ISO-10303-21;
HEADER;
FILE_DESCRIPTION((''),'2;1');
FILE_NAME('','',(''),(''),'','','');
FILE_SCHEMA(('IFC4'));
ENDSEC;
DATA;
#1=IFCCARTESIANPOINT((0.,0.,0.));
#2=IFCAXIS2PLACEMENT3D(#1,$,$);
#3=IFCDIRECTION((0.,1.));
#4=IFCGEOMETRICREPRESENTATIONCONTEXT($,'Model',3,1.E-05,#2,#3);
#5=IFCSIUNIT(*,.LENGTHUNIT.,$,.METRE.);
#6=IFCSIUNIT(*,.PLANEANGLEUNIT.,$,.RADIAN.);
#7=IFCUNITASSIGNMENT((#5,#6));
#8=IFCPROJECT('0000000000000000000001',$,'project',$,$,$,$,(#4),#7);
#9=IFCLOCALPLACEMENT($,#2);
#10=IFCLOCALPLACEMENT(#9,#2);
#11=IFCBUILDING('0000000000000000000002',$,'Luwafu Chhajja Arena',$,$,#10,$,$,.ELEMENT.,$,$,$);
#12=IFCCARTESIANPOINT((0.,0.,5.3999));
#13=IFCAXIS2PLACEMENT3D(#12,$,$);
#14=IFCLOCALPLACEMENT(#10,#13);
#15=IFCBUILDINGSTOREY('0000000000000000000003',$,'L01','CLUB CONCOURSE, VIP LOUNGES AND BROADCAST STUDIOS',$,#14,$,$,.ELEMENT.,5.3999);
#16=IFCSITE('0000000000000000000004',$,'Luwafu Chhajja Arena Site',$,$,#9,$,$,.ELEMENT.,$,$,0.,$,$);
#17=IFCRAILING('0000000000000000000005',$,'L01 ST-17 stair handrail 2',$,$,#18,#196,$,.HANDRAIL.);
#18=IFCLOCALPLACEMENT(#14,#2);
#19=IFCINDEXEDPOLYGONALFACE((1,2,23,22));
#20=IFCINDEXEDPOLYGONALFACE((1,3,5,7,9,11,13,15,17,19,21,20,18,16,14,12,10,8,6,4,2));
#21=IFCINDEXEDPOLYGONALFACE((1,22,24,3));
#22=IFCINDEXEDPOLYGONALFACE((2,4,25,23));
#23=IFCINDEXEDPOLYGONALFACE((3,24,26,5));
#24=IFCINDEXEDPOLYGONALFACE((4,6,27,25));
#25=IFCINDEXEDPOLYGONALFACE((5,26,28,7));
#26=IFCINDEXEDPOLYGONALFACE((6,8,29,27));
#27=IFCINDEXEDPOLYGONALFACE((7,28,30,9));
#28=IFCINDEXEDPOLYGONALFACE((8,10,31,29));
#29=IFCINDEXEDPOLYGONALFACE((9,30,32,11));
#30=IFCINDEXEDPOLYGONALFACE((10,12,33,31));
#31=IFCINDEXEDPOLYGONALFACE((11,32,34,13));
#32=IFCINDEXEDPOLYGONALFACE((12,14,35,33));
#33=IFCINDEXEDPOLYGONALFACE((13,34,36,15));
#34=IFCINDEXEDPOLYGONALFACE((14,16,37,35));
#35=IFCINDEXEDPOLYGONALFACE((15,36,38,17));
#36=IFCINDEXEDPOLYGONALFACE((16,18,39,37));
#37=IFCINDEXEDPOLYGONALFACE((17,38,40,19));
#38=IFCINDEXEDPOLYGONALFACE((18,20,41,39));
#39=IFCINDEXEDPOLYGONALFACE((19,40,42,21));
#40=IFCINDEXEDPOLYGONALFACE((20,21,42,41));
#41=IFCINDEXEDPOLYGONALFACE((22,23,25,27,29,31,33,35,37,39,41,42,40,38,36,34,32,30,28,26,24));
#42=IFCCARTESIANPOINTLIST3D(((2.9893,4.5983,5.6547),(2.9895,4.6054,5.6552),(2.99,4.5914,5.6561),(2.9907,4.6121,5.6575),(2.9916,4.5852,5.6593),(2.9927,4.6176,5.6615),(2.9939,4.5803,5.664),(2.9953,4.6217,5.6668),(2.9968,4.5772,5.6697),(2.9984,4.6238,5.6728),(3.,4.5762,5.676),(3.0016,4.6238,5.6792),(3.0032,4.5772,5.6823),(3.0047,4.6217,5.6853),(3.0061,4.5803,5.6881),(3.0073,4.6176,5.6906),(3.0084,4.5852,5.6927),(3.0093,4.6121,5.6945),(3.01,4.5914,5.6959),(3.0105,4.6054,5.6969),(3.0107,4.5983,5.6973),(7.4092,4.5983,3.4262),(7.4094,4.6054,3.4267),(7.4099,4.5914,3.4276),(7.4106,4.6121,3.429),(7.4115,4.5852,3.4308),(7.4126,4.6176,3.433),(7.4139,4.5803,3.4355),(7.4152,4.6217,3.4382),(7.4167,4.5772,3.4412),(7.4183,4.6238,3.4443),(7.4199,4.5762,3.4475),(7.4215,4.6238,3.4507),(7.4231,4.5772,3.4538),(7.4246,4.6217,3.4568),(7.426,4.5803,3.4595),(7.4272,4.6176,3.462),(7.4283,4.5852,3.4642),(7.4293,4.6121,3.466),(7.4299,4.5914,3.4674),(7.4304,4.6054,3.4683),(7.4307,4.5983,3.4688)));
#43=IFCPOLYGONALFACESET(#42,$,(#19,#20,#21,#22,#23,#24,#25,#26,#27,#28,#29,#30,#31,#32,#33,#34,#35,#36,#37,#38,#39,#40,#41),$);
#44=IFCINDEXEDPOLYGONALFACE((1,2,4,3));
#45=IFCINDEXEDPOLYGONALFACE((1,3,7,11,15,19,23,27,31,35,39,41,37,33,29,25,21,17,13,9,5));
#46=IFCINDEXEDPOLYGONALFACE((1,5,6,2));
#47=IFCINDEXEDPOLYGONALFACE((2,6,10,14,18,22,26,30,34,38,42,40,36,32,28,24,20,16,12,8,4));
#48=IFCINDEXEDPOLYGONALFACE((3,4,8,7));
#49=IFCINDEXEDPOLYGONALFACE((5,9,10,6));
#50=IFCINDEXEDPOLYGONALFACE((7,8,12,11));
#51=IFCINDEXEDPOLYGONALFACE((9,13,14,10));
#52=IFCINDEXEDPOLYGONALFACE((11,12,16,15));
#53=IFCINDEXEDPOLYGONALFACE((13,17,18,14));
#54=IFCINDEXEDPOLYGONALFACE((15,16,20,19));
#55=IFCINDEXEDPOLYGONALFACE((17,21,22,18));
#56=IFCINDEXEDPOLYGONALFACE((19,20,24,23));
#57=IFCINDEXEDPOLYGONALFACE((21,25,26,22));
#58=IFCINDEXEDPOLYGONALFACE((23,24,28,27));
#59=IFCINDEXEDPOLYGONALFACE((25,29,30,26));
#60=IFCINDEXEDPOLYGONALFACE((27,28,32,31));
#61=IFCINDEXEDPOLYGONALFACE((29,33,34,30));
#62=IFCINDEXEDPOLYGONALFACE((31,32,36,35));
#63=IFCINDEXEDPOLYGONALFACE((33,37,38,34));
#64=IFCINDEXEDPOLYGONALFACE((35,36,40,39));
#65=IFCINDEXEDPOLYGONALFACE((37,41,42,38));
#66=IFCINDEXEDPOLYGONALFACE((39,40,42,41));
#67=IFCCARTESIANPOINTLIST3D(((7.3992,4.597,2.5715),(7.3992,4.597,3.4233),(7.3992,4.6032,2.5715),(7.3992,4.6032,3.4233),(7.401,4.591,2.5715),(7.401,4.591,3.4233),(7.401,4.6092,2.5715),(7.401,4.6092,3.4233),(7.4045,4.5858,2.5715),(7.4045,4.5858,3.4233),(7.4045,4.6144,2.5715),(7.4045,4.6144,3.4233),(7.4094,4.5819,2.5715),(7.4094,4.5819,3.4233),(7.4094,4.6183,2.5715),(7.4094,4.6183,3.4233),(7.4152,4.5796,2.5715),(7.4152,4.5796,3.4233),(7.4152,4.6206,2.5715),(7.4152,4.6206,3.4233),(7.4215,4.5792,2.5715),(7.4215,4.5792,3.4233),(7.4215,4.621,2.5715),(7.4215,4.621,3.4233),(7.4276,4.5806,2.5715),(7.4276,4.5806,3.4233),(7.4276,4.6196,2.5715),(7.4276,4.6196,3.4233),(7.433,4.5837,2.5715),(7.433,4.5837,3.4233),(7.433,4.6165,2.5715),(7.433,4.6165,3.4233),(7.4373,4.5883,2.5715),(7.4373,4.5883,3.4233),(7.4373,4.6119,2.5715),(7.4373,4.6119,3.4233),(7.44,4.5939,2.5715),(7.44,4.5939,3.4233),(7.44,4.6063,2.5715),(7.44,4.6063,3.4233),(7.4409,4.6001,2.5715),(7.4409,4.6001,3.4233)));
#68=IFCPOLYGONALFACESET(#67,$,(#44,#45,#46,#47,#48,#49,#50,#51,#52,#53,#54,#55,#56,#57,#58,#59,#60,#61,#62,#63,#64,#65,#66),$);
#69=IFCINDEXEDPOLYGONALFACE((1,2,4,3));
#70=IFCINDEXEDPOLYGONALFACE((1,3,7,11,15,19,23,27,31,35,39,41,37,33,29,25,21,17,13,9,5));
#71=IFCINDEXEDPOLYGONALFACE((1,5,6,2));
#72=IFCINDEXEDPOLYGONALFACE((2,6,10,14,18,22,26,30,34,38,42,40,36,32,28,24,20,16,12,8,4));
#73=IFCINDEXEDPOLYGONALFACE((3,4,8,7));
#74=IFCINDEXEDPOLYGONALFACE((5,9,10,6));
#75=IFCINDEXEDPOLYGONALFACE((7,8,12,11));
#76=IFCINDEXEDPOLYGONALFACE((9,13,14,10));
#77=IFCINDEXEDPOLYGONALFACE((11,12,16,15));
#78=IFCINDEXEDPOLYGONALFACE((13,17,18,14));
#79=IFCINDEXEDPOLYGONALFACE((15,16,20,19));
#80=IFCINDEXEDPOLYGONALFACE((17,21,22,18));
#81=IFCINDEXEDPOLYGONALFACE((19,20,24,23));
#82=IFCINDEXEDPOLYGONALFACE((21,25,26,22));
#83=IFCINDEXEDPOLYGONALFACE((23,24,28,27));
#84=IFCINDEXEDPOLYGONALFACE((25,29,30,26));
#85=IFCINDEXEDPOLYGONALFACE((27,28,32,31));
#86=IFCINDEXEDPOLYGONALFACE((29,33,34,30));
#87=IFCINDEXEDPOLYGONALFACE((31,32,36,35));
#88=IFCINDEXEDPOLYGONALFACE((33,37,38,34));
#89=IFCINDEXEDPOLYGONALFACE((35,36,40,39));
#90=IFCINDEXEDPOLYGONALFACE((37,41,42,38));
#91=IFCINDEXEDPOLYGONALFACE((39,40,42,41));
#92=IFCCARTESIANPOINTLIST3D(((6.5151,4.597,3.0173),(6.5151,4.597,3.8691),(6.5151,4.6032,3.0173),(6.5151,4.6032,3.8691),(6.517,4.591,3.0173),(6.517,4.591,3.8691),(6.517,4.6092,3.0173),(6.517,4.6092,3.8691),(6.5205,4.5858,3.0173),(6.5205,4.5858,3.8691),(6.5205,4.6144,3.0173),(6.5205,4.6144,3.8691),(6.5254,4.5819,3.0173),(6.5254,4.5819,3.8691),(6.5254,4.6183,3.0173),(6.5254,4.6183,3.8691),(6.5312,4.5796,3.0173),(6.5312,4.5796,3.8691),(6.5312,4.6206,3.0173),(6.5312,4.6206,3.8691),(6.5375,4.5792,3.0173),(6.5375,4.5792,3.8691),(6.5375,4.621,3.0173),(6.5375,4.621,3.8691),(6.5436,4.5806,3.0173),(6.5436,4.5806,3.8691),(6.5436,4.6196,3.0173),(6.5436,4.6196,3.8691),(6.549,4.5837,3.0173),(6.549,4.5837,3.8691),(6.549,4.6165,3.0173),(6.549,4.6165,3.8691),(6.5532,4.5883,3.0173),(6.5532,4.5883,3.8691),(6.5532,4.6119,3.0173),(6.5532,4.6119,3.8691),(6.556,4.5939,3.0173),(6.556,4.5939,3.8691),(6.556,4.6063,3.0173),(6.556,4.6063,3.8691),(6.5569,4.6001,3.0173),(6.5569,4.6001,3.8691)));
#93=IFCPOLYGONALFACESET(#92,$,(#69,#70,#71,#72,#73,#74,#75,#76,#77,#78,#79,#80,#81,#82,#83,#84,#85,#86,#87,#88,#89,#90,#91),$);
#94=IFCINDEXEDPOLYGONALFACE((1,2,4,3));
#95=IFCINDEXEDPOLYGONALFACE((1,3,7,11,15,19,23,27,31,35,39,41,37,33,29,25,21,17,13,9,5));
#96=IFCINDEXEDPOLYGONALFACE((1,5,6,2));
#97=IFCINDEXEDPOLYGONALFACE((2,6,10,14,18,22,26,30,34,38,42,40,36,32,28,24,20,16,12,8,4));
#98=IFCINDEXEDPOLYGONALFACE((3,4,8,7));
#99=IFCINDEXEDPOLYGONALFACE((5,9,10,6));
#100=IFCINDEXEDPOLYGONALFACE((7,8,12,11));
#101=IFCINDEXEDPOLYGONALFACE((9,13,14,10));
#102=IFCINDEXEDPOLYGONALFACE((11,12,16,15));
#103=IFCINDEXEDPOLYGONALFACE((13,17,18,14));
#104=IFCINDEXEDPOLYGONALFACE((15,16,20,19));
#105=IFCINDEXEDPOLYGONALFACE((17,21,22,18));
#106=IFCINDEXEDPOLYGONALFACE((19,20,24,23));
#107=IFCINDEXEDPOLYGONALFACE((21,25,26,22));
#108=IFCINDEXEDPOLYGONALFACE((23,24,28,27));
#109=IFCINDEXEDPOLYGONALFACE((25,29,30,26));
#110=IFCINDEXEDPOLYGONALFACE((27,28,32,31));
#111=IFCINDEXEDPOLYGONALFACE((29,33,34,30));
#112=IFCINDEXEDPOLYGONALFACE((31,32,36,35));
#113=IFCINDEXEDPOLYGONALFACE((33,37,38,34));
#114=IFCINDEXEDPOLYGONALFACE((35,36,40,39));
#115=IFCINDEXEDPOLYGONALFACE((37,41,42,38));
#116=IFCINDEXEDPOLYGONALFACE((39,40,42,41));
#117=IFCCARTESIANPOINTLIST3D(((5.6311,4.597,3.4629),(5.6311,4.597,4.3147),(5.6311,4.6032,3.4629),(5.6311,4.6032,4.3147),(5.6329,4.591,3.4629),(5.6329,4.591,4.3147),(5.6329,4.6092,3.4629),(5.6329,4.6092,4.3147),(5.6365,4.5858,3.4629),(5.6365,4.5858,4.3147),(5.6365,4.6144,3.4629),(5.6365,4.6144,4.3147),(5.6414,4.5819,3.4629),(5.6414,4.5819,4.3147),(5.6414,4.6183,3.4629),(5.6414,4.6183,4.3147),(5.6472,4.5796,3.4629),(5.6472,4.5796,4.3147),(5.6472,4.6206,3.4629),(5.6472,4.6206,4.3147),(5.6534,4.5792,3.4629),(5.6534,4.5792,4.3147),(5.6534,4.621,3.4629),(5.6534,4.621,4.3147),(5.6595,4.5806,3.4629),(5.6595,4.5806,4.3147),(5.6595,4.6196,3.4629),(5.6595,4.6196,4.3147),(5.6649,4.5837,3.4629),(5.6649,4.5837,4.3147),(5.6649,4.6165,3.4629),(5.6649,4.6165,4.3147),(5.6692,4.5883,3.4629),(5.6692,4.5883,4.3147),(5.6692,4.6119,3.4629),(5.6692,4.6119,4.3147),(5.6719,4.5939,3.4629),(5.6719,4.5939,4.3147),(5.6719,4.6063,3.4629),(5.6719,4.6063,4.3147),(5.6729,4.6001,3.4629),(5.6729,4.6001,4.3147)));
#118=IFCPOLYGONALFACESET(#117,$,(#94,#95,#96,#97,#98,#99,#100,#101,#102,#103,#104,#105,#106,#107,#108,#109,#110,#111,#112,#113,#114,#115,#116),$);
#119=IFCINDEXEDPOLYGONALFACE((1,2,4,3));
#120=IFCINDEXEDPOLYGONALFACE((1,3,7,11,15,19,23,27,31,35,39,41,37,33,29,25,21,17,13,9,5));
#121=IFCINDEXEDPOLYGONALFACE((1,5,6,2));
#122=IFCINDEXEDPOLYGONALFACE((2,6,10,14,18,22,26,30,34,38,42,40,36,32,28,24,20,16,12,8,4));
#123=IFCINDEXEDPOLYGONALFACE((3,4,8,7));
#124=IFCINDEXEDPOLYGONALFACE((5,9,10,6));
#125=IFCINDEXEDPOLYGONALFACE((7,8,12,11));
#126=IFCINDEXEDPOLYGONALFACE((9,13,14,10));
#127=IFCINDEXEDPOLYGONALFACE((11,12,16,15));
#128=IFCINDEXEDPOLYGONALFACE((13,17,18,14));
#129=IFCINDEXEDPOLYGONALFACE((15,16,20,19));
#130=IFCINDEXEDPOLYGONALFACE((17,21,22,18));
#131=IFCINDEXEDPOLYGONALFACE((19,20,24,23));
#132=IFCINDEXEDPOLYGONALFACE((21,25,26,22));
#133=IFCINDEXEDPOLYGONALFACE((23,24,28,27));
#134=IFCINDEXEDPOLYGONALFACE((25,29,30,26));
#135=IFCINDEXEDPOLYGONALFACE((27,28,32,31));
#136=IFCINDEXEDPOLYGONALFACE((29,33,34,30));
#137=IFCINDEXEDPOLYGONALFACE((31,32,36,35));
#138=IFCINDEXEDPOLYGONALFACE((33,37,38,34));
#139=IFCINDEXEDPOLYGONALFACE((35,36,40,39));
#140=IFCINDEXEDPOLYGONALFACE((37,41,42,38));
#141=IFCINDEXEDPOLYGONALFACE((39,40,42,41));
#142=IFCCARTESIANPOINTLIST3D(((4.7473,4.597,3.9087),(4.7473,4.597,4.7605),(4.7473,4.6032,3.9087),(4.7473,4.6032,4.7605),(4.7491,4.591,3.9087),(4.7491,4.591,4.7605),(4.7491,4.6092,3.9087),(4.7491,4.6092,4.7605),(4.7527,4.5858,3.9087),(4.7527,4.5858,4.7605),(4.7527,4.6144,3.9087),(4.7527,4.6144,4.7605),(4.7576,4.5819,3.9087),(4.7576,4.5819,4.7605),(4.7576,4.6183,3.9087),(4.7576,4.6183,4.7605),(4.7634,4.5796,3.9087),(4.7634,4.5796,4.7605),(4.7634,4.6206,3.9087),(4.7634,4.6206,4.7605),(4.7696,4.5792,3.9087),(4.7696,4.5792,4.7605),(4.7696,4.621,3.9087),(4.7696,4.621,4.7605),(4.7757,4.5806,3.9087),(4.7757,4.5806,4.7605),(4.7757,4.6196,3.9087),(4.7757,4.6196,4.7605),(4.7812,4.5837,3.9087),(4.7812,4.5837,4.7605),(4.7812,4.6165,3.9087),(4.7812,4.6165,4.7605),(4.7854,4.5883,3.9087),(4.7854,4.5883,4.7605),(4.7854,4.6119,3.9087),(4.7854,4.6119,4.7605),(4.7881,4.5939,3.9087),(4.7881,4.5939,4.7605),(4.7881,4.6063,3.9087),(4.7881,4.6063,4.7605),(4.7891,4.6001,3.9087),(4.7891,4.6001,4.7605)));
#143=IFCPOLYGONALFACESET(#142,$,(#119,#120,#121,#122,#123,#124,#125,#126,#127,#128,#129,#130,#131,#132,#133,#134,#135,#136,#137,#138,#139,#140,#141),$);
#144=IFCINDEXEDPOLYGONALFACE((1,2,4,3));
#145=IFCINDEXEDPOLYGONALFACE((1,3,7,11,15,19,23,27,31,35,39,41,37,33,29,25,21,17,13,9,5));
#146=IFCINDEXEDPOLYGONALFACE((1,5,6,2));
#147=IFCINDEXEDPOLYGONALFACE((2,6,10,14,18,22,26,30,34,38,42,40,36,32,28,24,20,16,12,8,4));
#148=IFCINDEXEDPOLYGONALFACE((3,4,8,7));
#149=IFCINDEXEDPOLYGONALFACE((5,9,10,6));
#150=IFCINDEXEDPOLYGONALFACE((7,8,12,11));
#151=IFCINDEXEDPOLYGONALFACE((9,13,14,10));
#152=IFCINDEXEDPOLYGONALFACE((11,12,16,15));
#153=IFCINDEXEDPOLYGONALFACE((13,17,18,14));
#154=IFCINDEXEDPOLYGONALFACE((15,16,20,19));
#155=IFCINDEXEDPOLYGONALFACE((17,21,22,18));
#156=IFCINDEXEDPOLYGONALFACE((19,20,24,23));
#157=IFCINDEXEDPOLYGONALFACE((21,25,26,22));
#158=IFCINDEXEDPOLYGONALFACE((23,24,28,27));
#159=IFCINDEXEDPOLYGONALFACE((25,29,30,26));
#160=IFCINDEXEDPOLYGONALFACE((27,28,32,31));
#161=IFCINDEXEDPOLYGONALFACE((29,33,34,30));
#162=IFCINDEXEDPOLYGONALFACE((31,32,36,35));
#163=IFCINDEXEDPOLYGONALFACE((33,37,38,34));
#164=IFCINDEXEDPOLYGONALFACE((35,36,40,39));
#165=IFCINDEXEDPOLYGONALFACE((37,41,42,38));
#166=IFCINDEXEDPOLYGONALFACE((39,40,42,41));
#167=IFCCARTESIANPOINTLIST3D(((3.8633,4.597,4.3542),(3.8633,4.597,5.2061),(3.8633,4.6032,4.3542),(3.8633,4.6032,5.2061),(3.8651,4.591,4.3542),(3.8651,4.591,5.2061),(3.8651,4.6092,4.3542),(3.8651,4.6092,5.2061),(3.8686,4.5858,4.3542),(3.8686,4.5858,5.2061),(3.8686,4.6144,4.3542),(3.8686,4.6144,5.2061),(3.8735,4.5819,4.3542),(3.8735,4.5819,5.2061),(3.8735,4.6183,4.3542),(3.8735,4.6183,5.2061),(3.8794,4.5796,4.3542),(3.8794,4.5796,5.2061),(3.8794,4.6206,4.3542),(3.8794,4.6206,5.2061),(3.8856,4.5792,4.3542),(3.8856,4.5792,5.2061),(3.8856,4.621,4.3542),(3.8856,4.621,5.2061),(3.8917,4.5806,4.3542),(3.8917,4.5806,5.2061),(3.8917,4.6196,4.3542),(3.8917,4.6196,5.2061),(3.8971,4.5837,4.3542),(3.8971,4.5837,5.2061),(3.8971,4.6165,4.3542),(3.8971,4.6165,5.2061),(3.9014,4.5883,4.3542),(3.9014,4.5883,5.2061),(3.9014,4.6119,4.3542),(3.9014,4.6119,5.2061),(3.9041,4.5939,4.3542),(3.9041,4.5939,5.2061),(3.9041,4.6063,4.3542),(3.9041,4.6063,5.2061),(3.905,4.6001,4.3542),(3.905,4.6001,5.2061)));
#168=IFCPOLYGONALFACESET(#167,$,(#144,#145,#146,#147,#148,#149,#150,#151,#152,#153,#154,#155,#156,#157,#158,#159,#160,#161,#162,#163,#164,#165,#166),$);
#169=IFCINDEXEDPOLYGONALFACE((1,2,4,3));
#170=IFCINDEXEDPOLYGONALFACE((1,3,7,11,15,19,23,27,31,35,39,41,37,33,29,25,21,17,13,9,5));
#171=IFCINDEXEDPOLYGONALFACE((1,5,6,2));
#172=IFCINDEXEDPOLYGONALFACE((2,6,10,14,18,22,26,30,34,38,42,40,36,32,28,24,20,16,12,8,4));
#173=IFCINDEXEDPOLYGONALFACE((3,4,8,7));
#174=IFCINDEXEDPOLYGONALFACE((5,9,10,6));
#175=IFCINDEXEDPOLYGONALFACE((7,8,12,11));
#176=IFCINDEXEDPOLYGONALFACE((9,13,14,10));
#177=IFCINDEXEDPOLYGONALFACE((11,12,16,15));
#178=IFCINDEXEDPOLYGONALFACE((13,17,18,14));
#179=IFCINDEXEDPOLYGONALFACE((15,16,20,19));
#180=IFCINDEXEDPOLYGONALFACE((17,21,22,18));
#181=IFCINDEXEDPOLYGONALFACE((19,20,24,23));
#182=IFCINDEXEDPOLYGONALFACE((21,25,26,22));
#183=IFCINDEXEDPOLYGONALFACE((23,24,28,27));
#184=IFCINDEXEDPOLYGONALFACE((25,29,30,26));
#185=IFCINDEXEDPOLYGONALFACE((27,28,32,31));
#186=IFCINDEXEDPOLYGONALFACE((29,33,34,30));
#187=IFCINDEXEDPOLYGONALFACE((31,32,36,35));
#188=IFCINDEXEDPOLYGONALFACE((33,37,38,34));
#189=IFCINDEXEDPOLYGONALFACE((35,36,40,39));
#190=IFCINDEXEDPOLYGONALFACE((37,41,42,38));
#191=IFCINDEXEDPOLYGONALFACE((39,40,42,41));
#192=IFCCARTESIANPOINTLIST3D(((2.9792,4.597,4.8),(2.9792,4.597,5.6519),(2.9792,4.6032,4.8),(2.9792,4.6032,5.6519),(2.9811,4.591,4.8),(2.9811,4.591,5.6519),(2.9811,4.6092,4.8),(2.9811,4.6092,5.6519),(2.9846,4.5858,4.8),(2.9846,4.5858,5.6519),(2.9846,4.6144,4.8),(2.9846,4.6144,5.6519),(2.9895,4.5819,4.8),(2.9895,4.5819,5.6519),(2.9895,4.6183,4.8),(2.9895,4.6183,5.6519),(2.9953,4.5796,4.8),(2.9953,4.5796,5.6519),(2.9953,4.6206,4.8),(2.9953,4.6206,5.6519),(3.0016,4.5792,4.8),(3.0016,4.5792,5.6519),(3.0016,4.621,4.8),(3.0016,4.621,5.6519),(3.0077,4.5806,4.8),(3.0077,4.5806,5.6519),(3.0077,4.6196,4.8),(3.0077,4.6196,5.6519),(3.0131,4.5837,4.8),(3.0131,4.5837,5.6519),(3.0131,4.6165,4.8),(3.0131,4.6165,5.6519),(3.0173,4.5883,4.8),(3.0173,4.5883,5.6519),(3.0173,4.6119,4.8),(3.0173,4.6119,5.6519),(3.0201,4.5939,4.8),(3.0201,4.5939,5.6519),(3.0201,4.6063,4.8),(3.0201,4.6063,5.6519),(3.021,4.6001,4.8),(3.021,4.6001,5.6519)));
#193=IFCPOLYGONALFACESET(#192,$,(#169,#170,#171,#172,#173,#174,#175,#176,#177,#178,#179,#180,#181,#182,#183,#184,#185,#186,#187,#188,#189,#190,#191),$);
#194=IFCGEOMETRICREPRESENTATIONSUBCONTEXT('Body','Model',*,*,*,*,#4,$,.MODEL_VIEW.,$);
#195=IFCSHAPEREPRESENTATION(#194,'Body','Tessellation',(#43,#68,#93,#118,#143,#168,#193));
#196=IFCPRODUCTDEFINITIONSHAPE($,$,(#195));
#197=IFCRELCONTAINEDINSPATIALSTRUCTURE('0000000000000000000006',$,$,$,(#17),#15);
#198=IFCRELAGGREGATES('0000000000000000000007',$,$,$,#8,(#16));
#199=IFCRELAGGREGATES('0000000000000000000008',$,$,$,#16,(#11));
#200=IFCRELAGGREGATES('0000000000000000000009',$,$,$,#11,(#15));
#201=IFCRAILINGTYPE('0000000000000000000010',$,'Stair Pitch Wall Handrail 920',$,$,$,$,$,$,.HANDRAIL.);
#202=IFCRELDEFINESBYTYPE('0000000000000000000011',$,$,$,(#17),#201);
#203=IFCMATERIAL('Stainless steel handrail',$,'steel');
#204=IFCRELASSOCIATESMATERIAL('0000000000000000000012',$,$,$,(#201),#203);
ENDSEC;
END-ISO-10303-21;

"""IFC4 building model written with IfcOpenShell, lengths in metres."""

from ifc_helpers import new_model, si_unit, direction, frame, origin, origin_2d, place, context, subcontext, project, spatial, circle, extrude, material, type_object, element, save


model = new_model("IFC4")

# Units and contexts
model_context = context("Model", 3, precision=1e-05, world=origin(), true_north=direction((0.0, 1.0)))
body_context = subcontext(model_context, "Body", "Model", "MODEL_VIEW")
ifc_project = project(units=[si_unit("LENGTHUNIT", "METRE"), si_unit("PLANEANGLEUNIT", "RADIAN")], contexts=[model_context])

# Site, building, storey
site_placement = place(None, origin())
site = spatial("IfcSite", under=ifc_project, at=site_placement, Name="Luwafu Chhajja Arena Site", CompositionType="ELEMENT", RefElevation=0.0)
building_placement = place(site_placement, origin())
building = spatial("IfcBuilding", under=site, at=building_placement, Name="Luwafu Chhajja Arena", CompositionType="ELEMENT")
storey_placement = place(building_placement, frame((0.0, 0.0, 5.3999)))
storey = spatial("IfcBuildingStorey", under=building, at=storey_placement, Name="L01", Description="CLUB CONCOURSE, VIP LOUNGES AND BROADCAST STUDIOS", CompositionType="ELEMENT", Elevation=5.3999)

# Railing
ifc_material_1 = material(Name="Stainless steel handrail", Category="steel")
railing_type_1 = type_object("IfcRailingType", Name="Stair Pitch Wall Handrail 920", PredefinedType="HANDRAIL", material=ifc_material_1)
railing_1_placement = place(storey_placement, frame((7.4199, 4.6001, 2.5715)))
element("IfcRailing", 1, at=railing_1_placement, inside=storey, type_object=railing_type_1, Name="L01 ST-17 stair handrail 2", PredefinedType="HANDRAIL", context=body_context, shape_type="SweptSolid", body=[
    extrude(circle(Radius=0.0239, at=origin_2d()), frame((0.0, 0.0, 0.876), z_axis=(-0.892923, 0.0, 0.45021), x_axis=(0.0, -1.0, 0.0)), (0.0, 0.0, 1.0), 4.95),
    extrude(circle(Radius=0.021, at=origin_2d()), origin(), (0.0, 0.0, 1.0), 0.8518),
    extrude(circle(Radius=0.021, at=origin_2d()), frame((-0.884, 0.0, 0.4458)), (0.0, 0.0, 1.0), 0.8518),
    extrude(circle(Radius=0.021, at=origin_2d()), frame((-1.7681, 0.0, 0.8914)), (0.0, 0.0, 1.0), 0.8518),
    extrude(circle(Radius=0.021, at=origin_2d()), frame((-2.6519, 0.0, 1.3372)), (0.0, 0.0, 1.0), 0.8518),
    extrude(circle(Radius=0.021, at=origin_2d()), frame((-3.5359, 0.0, 1.7827)), (0.0, 0.0, 1.0), 0.8518),
    extrude(circle(Radius=0.021, at=origin_2d()), frame((-4.4199, 0.0, 2.2285)), (0.0, 0.0, 1.0), 0.8518),
])

save(model, "model.ifc")
